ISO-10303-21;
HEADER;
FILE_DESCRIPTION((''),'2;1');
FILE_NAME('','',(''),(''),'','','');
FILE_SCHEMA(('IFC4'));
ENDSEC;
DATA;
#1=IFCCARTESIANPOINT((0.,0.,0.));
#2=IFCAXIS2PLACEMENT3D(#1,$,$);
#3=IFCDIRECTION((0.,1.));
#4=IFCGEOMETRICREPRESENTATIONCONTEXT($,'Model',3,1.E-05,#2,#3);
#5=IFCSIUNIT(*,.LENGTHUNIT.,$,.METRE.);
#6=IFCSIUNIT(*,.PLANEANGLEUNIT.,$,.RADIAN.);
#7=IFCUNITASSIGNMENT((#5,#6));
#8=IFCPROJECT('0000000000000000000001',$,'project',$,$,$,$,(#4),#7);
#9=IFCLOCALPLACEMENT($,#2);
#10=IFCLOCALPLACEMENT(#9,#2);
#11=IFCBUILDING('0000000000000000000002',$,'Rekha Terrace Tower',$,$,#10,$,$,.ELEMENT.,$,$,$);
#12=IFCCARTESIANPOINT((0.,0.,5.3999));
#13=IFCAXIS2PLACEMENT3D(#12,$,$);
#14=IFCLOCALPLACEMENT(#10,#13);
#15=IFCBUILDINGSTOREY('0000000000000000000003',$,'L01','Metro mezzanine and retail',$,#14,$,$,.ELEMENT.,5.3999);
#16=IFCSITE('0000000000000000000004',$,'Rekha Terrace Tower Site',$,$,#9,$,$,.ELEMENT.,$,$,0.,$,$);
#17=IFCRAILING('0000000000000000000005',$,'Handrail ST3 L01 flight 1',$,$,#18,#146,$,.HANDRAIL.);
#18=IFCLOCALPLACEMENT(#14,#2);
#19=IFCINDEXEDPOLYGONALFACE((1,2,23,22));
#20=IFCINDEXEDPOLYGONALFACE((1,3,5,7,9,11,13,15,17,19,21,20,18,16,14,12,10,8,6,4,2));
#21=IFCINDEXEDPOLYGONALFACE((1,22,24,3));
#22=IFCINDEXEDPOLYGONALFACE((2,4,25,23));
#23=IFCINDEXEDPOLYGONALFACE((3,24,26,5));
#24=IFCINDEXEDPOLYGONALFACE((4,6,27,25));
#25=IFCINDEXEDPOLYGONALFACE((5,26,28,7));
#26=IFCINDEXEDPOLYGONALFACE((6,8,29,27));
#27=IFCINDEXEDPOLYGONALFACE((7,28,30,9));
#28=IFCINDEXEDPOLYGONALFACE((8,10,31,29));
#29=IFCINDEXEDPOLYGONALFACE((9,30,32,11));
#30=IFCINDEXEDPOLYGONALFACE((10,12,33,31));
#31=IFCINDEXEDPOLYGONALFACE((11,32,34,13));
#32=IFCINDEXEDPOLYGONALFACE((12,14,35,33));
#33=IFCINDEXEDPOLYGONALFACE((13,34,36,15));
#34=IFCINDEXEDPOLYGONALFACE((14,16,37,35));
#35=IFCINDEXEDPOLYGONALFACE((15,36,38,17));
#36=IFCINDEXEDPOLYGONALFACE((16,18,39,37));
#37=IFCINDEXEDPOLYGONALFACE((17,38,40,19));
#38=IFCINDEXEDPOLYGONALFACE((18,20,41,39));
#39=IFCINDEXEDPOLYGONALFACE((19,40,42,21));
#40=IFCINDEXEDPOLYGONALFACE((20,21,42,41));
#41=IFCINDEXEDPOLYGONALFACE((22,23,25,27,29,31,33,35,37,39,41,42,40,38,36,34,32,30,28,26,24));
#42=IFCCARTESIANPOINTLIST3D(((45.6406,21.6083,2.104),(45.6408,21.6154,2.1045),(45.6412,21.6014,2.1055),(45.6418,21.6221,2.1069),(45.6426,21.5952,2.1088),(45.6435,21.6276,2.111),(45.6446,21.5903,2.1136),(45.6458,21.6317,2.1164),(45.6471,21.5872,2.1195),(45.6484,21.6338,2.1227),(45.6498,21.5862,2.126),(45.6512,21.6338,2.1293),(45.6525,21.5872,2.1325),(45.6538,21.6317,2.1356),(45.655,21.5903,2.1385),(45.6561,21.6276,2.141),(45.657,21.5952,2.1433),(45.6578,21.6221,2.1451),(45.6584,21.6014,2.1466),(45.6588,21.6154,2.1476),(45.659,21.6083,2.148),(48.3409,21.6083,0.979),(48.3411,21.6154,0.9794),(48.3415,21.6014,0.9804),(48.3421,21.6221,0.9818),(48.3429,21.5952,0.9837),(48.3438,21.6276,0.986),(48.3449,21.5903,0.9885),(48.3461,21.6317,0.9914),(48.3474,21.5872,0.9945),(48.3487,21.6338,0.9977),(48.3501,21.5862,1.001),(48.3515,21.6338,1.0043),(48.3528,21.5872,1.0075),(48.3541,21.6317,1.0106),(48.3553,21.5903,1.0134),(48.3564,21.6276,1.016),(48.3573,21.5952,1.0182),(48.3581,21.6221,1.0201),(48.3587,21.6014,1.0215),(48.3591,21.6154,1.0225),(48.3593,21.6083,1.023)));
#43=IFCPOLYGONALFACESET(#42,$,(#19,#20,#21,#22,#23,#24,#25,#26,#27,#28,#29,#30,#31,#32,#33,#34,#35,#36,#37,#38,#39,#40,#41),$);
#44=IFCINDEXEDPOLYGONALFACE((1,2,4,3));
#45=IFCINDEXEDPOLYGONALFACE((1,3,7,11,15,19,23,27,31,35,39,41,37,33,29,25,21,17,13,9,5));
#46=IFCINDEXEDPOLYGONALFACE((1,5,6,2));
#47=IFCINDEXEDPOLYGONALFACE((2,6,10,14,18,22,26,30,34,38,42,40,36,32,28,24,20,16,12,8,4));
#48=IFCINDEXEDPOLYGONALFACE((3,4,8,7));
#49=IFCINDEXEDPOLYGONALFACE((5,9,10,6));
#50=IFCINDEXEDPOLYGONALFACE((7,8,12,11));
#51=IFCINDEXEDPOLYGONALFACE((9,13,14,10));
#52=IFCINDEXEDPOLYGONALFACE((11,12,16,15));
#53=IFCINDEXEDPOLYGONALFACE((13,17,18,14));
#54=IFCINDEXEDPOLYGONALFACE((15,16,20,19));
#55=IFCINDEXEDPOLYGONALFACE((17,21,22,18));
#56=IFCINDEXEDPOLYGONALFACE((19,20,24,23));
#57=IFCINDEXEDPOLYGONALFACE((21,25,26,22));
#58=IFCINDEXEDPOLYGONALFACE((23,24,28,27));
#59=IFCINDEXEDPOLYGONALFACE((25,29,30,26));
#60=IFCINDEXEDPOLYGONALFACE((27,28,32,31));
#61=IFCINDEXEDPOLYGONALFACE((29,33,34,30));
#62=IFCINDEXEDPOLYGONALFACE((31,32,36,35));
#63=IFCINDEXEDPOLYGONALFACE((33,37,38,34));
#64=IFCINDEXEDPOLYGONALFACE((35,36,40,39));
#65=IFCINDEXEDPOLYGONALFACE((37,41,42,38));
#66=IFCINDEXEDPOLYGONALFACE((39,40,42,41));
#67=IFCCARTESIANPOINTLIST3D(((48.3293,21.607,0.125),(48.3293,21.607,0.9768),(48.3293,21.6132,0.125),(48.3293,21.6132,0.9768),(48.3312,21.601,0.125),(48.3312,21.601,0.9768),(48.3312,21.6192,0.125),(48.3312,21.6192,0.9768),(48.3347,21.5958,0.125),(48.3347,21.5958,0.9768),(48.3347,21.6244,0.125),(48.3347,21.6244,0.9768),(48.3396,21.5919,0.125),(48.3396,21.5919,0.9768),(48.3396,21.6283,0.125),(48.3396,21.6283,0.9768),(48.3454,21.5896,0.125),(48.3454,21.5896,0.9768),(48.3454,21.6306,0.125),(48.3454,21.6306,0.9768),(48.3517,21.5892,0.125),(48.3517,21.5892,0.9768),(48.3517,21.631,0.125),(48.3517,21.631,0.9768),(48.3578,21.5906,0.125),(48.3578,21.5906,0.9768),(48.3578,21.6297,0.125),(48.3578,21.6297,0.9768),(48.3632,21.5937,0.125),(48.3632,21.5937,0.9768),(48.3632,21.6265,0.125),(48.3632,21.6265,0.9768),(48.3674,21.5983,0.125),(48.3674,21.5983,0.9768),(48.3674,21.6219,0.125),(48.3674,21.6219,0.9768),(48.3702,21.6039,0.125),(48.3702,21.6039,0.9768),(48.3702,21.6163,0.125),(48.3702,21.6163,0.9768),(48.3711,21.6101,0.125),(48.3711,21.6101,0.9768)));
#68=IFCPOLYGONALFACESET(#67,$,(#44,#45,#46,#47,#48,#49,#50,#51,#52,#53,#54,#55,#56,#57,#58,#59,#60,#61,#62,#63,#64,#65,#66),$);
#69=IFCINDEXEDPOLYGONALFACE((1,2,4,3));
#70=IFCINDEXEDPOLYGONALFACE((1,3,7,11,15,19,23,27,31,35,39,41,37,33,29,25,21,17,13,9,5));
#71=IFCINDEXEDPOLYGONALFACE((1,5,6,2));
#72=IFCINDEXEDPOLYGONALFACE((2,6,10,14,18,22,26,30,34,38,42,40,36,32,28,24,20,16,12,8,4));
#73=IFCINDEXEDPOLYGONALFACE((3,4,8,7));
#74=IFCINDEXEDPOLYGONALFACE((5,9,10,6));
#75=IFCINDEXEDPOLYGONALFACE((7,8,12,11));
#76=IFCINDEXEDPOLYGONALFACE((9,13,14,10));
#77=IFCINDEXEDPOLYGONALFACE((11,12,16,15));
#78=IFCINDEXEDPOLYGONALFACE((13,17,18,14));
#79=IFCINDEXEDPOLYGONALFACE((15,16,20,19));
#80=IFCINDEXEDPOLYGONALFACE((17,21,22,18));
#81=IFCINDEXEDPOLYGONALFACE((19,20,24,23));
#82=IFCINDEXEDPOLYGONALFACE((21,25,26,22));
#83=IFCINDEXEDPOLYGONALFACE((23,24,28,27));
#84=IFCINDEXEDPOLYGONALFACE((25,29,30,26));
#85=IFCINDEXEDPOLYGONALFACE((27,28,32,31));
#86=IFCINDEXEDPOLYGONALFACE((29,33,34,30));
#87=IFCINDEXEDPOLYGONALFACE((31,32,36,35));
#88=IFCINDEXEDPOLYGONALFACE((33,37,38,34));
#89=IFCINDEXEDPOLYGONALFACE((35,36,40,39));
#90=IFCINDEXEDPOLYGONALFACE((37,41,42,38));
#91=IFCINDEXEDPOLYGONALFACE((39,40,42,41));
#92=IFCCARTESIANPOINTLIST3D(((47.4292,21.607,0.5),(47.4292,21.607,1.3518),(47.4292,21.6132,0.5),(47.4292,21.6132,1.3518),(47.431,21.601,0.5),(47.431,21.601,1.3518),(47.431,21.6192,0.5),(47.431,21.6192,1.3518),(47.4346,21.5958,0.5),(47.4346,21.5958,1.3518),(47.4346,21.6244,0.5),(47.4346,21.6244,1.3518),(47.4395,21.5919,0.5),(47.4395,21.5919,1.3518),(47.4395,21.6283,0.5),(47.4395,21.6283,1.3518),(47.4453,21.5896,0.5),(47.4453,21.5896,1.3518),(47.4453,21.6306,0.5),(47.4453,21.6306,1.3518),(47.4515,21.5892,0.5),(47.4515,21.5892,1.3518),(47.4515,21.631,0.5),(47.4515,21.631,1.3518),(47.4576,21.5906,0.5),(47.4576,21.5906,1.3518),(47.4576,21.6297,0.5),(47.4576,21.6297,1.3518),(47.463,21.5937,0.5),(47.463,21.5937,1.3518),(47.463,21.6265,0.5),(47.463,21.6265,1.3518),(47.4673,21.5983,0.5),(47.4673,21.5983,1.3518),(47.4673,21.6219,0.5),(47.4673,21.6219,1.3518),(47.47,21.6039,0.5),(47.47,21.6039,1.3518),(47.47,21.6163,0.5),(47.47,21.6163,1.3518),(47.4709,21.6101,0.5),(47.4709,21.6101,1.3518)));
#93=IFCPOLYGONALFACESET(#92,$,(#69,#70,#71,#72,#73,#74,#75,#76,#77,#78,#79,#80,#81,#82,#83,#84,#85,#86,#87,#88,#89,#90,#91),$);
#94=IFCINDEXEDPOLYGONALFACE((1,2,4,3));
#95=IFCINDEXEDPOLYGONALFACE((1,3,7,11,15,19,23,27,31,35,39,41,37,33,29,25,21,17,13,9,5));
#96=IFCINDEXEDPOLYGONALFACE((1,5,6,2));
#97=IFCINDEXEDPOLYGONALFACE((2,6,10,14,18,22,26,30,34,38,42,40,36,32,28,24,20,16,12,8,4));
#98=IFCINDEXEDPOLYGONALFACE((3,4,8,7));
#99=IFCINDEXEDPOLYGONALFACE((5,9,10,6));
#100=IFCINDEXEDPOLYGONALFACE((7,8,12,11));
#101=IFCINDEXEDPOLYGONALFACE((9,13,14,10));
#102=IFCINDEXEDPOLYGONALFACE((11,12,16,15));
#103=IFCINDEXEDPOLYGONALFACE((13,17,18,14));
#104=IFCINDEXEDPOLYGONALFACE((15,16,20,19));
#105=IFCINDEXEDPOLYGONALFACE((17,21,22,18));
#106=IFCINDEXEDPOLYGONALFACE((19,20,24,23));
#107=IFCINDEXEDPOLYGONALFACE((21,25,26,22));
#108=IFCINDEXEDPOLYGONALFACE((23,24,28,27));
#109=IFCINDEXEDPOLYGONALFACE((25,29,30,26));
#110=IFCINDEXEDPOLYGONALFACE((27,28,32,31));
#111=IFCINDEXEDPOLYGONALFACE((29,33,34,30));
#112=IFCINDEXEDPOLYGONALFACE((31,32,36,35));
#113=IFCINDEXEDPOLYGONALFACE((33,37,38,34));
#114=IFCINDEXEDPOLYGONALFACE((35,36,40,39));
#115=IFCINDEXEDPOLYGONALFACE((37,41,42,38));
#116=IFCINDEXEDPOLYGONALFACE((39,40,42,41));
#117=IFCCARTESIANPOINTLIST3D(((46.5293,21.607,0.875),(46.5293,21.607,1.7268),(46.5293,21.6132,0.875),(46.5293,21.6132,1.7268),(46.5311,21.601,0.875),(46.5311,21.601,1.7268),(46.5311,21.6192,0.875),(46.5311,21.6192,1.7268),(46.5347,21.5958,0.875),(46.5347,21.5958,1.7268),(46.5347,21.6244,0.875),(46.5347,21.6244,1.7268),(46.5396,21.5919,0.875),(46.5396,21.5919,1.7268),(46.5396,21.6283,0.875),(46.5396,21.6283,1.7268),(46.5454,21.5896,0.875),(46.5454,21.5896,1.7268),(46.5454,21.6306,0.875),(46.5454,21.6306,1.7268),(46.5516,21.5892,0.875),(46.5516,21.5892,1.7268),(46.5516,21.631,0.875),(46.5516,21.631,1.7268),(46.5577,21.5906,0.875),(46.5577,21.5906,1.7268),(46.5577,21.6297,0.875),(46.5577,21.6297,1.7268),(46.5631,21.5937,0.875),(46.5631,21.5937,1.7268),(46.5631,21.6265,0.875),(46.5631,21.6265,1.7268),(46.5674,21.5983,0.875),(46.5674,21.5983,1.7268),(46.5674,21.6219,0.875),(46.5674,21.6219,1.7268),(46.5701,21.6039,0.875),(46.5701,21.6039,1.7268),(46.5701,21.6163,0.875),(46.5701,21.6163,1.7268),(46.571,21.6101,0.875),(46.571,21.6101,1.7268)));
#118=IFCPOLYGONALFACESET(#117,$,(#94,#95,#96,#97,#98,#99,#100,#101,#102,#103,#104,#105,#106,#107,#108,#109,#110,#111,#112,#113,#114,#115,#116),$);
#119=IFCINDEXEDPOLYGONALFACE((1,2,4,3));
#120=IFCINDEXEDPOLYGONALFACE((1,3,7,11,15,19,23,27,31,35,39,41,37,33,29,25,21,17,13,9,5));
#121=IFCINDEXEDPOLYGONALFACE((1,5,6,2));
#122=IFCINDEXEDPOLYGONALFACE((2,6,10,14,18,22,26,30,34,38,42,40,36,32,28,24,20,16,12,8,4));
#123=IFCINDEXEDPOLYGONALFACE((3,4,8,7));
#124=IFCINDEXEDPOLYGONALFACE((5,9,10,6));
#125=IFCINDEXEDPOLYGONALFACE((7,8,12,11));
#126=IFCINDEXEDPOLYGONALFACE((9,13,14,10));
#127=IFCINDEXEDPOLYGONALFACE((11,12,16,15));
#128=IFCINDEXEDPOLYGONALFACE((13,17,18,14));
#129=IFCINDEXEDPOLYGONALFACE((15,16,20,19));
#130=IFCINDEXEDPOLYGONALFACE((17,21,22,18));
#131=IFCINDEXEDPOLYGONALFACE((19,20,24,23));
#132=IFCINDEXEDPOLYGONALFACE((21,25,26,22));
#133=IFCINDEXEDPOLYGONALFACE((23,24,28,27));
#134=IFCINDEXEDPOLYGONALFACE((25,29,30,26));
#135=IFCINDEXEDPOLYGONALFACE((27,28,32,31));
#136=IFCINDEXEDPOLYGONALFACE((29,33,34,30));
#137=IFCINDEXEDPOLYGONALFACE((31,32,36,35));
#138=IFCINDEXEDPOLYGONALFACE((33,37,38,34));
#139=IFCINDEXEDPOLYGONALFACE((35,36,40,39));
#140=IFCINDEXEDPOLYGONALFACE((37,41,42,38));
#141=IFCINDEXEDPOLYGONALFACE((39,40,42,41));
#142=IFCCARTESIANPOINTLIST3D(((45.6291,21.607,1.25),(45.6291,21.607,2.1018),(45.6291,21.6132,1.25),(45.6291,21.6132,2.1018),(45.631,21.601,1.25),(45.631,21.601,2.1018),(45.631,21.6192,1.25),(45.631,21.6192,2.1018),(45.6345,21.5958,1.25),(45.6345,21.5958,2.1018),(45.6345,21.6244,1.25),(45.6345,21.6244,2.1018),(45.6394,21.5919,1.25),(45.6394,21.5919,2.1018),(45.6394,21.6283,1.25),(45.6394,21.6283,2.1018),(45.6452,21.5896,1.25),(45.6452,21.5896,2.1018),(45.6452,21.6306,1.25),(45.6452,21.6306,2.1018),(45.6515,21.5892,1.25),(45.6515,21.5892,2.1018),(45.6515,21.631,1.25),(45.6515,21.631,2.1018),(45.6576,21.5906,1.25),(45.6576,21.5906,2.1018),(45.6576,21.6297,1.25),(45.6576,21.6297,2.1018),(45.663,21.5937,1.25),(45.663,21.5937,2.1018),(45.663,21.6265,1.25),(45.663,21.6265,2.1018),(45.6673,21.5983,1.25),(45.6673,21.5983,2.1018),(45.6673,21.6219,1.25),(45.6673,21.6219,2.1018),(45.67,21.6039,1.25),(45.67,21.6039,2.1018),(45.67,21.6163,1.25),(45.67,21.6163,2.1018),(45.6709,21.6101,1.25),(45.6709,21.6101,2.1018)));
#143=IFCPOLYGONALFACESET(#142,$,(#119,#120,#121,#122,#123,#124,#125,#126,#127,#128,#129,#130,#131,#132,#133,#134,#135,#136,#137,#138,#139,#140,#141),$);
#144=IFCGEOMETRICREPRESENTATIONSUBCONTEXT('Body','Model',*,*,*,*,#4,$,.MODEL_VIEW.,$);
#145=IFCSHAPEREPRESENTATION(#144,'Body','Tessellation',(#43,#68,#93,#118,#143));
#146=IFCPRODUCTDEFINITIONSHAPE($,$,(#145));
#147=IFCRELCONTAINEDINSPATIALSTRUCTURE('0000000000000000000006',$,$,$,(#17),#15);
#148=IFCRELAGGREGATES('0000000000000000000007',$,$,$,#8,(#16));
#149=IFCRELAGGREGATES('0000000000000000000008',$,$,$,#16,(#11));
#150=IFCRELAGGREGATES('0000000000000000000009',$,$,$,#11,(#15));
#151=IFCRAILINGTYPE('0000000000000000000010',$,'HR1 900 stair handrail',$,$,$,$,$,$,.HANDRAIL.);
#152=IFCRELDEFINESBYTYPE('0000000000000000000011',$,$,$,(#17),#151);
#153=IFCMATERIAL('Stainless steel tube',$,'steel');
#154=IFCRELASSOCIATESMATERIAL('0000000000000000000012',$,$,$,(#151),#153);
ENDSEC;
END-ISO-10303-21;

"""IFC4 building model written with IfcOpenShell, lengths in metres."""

from ifc_helpers import new_model, si_unit, direction, frame, origin, origin_2d, place, context, subcontext, project, spatial, circle, extrude, material, type_object, element, save


model = new_model("IFC4")

# Units and contexts
model_context = context("Model", 3, precision=1e-05, world=origin(), true_north=direction((0.0, 1.0)))
body_context = subcontext(model_context, "Body", "Model", "MODEL_VIEW")
ifc_project = project(units=[si_unit("LENGTHUNIT", "METRE"), si_unit("PLANEANGLEUNIT", "RADIAN")], contexts=[model_context])

# Site, building, storey
site_placement = place(None, origin())
site = spatial("IfcSite", under=ifc_project, at=site_placement, Name="Rekha Terrace Tower Site", CompositionType="ELEMENT", RefElevation=0.0)
building_placement = place(site_placement, origin())
building = spatial("IfcBuilding", under=site, at=building_placement, Name="Rekha Terrace Tower", CompositionType="ELEMENT")
storey_placement = place(building_placement, frame((0.0, 0.0, 5.3999)))
storey = spatial("IfcBuildingStorey", under=building, at=storey_placement, Name="L01", Description="Metro mezzanine and retail", CompositionType="ELEMENT", Elevation=5.3999)

# Railing
ifc_material_1 = material(Name="Stainless steel tube", Category="steel")
railing_type_1 = type_object("IfcRailingType", Name="HR1 900 stair handrail", PredefinedType="HANDRAIL", material=ifc_material_1)
railing_1_placement = place(storey_placement, frame((48.3501, 21.6101, 0.125)))
element("IfcRailing", 1, at=railing_1_placement, inside=storey, type_object=railing_type_1, Name="Handrail ST3 L01 flight 1", PredefinedType="HANDRAIL", context=body_context, shape_type="SweptSolid", body=[
    extrude(circle(Radius=0.0239, at=origin_2d()), frame((0.0, 0.0, 0.876), z_axis=(-0.923087, 0.0, 0.384592), x_axis=(0.0, -1.0, 0.0)), (0.0, 0.0, 1.0), 2.9253),
    extrude(circle(Radius=0.021, at=origin_2d()), origin(), (0.0, 0.0, 1.0), 0.8518),
    extrude(circle(Radius=0.021, at=origin_2d()), frame((-0.9001, 0.0, 0.375)), (0.0, 0.0, 1.0), 0.8518),
    extrude(circle(Radius=0.021, at=origin_2d()), frame((-1.8, 0.0, 0.75)), (0.0, 0.0, 1.0), 0.8518),
    extrude(circle(Radius=0.021, at=origin_2d()), frame((-2.7002, 0.0, 1.125)), (0.0, 0.0, 1.0), 0.8518),
])

save(model, "model.ifc")
